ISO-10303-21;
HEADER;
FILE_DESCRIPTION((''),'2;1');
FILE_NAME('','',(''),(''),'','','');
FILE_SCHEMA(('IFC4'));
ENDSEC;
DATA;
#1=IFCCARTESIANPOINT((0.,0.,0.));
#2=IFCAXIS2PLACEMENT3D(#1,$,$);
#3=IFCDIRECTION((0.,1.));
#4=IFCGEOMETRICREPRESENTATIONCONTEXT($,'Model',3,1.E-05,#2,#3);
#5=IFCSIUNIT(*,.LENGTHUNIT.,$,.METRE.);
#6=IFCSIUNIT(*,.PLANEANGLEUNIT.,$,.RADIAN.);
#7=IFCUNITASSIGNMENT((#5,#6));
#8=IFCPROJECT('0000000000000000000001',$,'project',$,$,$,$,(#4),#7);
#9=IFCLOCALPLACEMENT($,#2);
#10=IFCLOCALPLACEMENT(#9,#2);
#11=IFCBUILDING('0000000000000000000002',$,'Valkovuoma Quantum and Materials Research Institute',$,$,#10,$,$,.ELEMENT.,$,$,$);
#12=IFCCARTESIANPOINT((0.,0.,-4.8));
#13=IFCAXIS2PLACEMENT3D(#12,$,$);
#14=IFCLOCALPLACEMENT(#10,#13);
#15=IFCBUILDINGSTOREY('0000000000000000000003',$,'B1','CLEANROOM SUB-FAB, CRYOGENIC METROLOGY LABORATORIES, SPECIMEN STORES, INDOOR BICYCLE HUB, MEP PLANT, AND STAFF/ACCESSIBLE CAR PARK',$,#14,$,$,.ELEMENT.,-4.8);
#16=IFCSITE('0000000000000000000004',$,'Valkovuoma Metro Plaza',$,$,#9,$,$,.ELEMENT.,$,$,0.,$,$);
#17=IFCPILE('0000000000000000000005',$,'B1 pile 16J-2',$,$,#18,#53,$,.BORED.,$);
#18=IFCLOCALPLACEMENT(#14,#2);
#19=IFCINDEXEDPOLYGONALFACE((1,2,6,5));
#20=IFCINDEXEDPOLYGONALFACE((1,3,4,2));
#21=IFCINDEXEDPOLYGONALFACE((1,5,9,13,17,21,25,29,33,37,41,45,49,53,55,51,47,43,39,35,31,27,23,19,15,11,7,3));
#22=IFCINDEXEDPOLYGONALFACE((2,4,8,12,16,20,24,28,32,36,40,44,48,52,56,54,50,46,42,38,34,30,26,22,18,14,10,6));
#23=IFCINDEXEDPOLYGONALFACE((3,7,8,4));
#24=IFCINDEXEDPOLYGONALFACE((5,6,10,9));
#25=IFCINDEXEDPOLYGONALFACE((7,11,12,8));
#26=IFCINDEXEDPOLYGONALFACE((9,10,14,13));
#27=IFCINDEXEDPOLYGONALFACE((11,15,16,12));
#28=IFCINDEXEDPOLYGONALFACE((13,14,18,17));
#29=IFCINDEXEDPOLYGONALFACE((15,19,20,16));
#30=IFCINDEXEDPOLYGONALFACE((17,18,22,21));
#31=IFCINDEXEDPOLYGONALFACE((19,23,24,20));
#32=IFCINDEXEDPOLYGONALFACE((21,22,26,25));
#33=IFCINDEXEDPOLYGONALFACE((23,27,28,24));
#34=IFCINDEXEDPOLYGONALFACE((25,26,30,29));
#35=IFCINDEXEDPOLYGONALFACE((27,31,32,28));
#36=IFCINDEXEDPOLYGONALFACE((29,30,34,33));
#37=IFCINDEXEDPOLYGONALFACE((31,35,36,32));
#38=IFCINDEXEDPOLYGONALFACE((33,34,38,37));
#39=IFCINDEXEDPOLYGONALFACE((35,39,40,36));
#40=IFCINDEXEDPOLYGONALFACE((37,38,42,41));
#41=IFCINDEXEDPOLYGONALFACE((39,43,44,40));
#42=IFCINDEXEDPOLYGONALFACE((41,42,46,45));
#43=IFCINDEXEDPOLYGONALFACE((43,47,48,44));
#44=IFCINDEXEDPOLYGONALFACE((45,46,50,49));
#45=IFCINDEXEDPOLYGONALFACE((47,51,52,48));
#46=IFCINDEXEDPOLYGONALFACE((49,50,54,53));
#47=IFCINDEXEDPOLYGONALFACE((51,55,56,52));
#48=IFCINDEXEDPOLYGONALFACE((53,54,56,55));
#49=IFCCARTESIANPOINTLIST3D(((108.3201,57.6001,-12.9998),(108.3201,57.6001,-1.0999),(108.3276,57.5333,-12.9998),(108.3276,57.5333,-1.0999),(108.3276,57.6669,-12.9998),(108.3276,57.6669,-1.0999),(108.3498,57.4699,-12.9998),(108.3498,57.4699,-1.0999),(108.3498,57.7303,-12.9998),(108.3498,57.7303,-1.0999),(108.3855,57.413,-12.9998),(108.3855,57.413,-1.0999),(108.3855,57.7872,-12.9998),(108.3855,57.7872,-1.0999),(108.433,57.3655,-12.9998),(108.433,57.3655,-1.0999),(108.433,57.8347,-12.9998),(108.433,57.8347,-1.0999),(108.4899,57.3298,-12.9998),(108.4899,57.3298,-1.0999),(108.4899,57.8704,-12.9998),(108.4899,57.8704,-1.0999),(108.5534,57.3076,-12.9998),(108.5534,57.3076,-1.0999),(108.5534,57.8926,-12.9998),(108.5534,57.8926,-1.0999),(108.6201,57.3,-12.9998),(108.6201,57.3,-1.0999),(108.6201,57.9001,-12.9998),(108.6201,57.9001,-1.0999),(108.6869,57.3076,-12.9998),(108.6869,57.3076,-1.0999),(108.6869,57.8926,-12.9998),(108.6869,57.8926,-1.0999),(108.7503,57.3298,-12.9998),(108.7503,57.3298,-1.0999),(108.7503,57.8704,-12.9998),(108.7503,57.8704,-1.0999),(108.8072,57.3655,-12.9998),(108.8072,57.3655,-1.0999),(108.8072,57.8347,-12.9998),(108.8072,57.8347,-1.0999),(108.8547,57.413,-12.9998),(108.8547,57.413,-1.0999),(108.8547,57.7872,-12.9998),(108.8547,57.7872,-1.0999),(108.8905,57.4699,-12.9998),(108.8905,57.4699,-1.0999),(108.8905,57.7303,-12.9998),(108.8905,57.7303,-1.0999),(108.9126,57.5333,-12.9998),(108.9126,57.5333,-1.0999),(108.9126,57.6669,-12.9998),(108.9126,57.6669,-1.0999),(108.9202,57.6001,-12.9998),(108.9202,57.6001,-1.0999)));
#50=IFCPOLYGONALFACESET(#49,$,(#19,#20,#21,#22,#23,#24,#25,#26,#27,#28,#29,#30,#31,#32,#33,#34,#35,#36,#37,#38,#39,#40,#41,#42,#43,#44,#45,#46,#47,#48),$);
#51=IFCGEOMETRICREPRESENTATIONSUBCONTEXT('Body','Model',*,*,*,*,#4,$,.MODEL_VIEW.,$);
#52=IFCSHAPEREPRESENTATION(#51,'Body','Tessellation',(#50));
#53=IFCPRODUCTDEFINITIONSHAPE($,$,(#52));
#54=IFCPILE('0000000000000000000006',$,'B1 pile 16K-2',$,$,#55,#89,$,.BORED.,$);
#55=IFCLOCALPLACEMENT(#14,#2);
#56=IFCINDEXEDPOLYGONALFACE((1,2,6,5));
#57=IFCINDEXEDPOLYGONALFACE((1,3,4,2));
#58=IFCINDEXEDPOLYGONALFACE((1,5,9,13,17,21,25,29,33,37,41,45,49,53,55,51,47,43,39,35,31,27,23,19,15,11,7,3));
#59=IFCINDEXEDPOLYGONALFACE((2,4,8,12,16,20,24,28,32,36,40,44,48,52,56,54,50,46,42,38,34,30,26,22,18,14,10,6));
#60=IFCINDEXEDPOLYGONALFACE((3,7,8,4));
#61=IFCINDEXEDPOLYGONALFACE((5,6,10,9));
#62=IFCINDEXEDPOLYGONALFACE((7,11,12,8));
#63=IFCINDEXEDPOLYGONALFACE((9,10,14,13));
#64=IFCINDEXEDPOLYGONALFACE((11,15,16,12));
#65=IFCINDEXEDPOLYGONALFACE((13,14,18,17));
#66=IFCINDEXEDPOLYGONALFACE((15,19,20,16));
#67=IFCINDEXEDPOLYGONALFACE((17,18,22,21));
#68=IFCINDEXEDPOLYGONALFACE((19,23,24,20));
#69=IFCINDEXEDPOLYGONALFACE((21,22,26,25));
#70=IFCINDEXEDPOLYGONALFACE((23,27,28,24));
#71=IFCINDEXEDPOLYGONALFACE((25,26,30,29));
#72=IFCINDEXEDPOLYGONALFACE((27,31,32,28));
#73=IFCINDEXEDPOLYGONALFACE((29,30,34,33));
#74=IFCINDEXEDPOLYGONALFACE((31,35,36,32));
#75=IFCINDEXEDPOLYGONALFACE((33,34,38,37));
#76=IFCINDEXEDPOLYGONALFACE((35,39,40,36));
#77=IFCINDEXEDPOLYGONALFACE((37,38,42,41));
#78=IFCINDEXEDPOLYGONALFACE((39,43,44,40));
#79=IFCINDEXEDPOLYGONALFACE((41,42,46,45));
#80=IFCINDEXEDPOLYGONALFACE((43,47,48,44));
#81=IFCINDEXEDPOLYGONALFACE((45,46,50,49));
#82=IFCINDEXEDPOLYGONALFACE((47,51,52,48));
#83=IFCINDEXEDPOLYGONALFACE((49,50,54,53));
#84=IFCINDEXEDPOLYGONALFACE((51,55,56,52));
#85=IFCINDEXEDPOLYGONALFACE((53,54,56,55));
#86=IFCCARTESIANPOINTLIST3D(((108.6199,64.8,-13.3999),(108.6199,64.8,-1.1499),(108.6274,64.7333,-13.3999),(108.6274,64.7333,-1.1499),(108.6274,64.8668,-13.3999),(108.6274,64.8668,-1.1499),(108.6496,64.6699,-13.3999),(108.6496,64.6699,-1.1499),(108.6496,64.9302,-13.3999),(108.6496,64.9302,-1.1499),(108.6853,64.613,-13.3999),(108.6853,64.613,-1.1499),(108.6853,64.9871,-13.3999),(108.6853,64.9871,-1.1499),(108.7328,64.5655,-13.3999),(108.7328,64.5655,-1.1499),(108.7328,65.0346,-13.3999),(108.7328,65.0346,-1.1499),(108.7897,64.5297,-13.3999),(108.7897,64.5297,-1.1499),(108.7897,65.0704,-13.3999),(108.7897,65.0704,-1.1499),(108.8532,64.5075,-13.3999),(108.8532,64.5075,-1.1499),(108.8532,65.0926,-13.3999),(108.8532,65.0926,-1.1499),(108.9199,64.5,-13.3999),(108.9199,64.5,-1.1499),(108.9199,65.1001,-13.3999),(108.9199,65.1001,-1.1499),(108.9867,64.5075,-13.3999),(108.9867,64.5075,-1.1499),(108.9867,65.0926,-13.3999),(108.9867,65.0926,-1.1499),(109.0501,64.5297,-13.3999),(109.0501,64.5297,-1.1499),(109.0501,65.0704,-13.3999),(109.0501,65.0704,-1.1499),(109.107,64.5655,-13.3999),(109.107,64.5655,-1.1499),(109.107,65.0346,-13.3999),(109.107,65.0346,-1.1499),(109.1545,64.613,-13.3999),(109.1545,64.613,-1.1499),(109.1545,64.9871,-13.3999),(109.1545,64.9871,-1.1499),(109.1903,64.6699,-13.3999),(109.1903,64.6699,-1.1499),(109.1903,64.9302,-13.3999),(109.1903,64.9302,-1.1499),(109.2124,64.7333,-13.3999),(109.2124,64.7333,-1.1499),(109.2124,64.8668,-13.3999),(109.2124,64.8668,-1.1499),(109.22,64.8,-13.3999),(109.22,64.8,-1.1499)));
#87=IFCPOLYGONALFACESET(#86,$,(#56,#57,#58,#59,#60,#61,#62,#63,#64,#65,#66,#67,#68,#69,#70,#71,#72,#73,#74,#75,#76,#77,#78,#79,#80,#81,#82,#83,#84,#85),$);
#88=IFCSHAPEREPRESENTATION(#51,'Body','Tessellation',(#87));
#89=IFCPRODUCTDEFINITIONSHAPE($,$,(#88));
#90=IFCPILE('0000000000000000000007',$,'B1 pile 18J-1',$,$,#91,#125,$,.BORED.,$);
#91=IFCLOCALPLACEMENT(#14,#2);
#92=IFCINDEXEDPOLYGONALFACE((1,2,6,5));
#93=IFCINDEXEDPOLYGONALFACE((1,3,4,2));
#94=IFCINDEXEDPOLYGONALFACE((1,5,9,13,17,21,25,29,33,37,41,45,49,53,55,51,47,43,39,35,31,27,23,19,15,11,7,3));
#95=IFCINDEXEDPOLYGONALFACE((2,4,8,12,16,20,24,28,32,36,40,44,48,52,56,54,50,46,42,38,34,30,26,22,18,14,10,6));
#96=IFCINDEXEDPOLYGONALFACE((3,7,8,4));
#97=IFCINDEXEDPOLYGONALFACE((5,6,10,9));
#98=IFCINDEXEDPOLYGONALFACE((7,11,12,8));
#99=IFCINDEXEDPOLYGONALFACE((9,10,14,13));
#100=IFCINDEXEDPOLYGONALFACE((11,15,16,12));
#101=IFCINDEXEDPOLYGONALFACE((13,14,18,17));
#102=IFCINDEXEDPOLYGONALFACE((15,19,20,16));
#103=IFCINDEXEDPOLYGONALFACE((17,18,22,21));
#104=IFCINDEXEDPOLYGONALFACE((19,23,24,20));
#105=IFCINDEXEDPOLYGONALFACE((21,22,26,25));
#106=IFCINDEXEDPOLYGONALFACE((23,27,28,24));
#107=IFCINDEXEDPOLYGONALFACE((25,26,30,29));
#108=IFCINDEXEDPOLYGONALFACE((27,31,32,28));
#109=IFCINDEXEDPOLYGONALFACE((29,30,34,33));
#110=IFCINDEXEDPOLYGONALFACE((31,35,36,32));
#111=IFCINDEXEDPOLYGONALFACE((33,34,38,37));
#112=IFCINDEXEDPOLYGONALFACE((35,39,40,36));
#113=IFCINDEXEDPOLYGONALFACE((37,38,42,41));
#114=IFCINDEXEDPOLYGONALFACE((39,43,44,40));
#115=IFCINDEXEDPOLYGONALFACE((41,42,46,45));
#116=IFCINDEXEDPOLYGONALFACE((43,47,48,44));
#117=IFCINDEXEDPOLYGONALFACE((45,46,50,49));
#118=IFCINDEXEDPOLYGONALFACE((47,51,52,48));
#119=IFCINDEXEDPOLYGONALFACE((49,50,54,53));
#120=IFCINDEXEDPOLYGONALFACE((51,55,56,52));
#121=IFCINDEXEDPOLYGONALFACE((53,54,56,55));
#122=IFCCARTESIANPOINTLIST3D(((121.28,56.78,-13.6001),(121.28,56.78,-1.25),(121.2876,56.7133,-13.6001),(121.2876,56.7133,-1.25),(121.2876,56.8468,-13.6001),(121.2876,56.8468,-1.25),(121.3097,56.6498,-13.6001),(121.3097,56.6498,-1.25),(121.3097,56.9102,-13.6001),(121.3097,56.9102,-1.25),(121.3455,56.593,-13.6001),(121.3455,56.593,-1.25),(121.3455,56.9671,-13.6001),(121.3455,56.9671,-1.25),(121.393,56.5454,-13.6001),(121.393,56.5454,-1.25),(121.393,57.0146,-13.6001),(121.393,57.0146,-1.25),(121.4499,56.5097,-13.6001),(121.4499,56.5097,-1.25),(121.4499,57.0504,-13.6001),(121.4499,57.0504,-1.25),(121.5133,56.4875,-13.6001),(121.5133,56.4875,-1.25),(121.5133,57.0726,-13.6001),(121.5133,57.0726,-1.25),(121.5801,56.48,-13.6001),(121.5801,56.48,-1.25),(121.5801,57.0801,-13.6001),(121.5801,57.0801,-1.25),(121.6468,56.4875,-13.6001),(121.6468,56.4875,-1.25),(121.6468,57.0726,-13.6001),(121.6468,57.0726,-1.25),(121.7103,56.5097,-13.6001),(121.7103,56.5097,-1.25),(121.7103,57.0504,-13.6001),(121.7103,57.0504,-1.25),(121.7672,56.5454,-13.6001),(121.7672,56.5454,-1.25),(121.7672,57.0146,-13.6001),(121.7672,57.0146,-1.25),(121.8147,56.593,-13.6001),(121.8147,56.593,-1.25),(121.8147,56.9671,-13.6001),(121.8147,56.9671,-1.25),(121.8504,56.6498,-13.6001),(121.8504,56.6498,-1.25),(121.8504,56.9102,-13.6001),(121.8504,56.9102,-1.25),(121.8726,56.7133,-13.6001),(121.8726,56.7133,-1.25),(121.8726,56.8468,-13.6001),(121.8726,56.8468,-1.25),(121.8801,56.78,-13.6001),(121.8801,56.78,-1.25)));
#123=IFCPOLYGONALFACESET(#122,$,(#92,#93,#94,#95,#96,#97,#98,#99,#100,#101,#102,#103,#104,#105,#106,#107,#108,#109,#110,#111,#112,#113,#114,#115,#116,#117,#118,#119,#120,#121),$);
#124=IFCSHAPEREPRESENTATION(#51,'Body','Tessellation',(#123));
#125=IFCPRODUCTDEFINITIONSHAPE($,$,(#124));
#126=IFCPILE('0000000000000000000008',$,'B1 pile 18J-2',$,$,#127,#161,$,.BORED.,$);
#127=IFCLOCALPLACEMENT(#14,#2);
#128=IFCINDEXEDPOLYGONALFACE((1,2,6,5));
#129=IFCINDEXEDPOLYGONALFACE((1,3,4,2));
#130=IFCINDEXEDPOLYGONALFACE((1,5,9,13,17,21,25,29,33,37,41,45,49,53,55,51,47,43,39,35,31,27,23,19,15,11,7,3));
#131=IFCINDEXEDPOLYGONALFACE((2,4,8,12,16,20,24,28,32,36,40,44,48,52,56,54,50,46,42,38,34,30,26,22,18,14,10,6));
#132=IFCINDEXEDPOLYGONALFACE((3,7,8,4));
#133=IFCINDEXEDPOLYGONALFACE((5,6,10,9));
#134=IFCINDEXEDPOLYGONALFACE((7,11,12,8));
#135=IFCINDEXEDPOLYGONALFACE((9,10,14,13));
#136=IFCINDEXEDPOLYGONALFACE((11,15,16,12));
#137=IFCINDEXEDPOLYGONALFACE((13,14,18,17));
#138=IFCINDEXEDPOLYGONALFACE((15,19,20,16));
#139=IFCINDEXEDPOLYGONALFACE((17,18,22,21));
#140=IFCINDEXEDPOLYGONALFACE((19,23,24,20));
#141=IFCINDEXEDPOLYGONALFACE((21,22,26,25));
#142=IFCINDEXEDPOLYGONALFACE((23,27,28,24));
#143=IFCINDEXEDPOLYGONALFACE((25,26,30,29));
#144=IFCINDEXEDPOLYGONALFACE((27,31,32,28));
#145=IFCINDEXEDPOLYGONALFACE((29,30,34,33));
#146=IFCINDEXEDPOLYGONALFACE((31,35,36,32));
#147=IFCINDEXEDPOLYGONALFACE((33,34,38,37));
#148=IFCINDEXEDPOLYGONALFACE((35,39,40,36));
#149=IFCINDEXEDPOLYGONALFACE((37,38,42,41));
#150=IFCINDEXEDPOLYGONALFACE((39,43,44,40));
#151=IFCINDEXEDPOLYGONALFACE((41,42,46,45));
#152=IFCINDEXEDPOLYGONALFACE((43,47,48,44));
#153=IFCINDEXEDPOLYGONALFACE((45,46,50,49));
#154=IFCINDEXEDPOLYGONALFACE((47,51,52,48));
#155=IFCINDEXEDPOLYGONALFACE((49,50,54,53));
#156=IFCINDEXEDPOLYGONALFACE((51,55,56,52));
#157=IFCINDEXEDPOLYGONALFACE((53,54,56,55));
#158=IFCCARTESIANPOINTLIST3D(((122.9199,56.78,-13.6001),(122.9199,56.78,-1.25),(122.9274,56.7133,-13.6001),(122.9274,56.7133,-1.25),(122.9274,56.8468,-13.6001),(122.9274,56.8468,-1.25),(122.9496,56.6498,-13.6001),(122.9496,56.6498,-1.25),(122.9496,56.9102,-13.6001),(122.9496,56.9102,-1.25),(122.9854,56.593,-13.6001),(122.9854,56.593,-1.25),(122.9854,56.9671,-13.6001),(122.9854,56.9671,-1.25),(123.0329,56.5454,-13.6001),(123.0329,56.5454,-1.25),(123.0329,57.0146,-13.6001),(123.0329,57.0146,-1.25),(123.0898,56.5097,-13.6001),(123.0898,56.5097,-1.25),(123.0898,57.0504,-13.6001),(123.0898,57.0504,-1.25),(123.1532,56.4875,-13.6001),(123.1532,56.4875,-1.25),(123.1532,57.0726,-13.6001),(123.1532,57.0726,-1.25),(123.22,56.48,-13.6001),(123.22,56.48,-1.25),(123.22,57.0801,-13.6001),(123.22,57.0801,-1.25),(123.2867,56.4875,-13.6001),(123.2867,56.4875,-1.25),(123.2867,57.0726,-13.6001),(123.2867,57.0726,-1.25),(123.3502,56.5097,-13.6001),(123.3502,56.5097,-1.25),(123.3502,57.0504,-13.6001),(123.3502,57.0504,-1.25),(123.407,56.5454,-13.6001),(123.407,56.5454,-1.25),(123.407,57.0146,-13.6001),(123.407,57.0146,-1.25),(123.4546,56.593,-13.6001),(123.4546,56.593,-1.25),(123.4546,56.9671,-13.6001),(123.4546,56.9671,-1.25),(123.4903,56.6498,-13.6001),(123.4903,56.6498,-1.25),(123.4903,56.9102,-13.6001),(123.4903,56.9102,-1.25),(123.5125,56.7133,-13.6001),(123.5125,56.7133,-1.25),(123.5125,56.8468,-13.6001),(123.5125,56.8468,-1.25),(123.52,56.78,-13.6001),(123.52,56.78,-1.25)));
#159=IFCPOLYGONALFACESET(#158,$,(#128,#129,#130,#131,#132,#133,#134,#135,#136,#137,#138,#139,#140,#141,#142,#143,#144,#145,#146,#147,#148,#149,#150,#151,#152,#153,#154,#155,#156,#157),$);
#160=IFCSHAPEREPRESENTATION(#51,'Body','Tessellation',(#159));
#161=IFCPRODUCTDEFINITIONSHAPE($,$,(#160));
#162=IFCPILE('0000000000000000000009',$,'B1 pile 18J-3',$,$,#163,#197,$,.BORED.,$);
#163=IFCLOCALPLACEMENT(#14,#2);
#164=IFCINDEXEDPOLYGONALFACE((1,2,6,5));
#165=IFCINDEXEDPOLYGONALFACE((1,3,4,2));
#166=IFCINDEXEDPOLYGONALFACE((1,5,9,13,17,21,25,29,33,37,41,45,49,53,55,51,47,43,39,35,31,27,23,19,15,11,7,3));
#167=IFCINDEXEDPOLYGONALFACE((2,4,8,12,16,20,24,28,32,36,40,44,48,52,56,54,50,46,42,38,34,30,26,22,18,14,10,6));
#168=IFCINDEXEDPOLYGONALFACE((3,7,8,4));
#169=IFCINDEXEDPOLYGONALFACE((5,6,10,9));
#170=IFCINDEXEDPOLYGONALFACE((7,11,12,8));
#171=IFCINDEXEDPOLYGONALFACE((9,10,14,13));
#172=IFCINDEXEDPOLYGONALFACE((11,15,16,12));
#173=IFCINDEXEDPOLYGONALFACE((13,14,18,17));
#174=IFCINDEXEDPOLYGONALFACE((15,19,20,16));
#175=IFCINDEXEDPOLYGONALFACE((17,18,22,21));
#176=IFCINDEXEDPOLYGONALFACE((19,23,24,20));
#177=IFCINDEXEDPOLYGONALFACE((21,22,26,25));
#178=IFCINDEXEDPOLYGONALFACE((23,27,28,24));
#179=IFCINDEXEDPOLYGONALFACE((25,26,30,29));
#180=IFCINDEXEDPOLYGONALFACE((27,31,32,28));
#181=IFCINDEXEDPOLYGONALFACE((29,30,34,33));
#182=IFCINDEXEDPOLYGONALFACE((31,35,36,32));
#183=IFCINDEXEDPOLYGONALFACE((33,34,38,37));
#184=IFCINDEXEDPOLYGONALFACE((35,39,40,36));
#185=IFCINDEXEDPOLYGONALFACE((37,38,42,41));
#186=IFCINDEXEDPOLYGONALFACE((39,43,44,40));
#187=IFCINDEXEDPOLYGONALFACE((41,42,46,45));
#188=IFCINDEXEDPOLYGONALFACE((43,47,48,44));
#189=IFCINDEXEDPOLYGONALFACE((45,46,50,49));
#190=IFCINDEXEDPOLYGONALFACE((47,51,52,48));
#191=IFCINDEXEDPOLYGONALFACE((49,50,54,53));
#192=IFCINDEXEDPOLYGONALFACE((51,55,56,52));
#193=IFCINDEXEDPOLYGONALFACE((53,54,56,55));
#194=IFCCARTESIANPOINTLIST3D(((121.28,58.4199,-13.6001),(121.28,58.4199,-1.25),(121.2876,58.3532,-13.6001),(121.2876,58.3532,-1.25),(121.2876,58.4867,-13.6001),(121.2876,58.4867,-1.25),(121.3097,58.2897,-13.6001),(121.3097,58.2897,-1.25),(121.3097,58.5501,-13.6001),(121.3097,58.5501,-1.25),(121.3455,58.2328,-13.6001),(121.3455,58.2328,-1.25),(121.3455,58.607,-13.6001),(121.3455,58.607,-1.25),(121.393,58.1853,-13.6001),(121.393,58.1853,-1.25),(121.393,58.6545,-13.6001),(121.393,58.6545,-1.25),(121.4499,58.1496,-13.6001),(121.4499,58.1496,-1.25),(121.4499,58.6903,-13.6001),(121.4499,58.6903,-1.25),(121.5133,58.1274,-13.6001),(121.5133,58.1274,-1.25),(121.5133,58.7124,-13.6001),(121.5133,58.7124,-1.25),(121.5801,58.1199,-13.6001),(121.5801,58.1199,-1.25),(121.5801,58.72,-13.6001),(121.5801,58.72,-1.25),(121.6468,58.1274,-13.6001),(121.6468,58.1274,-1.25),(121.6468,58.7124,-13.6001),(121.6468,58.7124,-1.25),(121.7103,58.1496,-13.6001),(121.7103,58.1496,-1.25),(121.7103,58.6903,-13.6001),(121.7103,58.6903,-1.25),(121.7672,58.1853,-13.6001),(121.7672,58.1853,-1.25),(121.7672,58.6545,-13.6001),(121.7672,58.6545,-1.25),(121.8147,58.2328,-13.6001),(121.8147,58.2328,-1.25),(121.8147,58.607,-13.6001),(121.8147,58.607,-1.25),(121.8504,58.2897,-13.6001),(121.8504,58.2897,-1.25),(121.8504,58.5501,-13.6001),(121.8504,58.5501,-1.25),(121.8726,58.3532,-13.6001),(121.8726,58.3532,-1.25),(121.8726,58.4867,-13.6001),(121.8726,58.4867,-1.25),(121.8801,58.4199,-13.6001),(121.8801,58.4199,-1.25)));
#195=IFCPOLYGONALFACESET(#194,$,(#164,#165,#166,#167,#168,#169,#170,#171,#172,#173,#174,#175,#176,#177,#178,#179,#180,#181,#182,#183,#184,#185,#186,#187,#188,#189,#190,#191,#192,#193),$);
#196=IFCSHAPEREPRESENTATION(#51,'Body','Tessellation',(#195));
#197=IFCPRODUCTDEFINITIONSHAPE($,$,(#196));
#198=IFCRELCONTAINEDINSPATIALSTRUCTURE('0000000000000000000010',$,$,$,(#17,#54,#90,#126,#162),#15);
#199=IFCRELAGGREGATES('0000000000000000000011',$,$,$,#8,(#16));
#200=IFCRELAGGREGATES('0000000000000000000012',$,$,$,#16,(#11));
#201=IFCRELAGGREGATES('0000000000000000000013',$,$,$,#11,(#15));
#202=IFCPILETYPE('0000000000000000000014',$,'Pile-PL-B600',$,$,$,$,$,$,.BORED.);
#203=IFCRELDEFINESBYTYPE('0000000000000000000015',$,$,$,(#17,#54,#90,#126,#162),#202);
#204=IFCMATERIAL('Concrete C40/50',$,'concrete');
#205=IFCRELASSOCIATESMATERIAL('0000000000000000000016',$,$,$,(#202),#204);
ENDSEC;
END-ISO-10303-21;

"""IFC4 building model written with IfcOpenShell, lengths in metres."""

from ifc_helpers import new_model, si_unit, direction, frame, origin, origin_2d, place, context, subcontext, project, spatial, circle, extrude, material, material_profile, profile_set, type_object, element, save


model = new_model("IFC4")

# Units and contexts
model_context = context("Model", 3, precision=1e-05, world=origin(), true_north=direction((0.0, 1.0)))
body_context = subcontext(model_context, "Body", "Model", "MODEL_VIEW")
ifc_project = project(units=[si_unit("LENGTHUNIT", "METRE"), si_unit("PLANEANGLEUNIT", "RADIAN")], contexts=[model_context])

# Site, building, storey
site_placement = place(None, origin())
site = spatial("IfcSite", under=ifc_project, at=site_placement, Name="Valkovuoma Metro Plaza", CompositionType="ELEMENT", RefElevation=0.0)
building_placement = place(site_placement, origin())
building = spatial("IfcBuilding", under=site, at=building_placement, Name="Valkovuoma Quantum and Materials Research Institute", CompositionType="ELEMENT")
storey_placement = place(building_placement, frame((0.0, 0.0, -4.8)))
storey = spatial("IfcBuildingStorey", under=building, at=storey_placement, Name="B1", Description="CLEANROOM SUB-FAB, CRYOGENIC METROLOGY LABORATORIES, SPECIMEN STORES, INDOOR BICYCLE HUB, MEP PLANT, AND STAFF/ACCESSIBLE CAR PARK", CompositionType="ELEMENT", Elevation=-4.8)

# Piles
ifc_material_1 = material(Name="Concrete C40/50", Category="concrete")
ifc_material_profile_1 = material_profile(ifc_material_1, circle(Radius=0.3, at=origin_2d()), Name="Concrete C40/50")
ifc_profile_set_1 = profile_set([ifc_material_profile_1], Name="Concrete C40/50")
pile_type_1 = type_object("IfcPileType", Name="Pile-PL-B600", PredefinedType="BORED", material=ifc_profile_set_1)
pile_1_placement = place(storey_placement, frame((108.6201, 57.6001, -1.0999), z_axis=(0.0, 0.0, -1.0), x_axis=(1.0, 0.0, 0.0)))
element("IfcPile", 1, at=pile_1_placement, inside=storey, type_object=pile_type_1, Name="B1 pile 16J-2", PredefinedType="BORED", context=body_context, shape_type="SweptSolid", body=[
    extrude(circle(Radius=0.3, at=origin_2d()), origin(), (0.0, 0.0, 1.0), 11.8999),
])
pile_2_placement = place(storey_placement, frame((108.9199, 64.8, -1.1499), z_axis=(0.0, 0.0, -1.0), x_axis=(1.0, 0.0, 0.0)))
element("IfcPile", 2, at=pile_2_placement, inside=storey, type_object=pile_type_1, Name="B1 pile 16K-2", PredefinedType="BORED", context=body_context, shape_type="SweptSolid", body=[
    extrude(circle(Radius=0.3, at=origin_2d()), origin(), (0.0, 0.0, 1.0), 12.25),
])
for number, where, z_axis, x_axis, name in (
    (3, (121.5801, 56.78, -1.25), (0.0, 0.0, -1.0), (1.0, 0.0, 0.0), "B1 pile 18J-1"),
    (4, (123.22, 56.78, -1.25), (0.0, 0.0, -1.0), (1.0, 0.0, 0.0), "B1 pile 18J-2"),
    (5, (121.5801, 58.4199, -1.25), (0.0, 0.0, -1.0), (1.0, 0.0, 0.0), "B1 pile 18J-3"),
):
    element("IfcPile", number, at=place(storey_placement, frame(where, z_axis=z_axis, x_axis=x_axis)), inside=storey, type_object=pile_type_1, Name=name, PredefinedType="BORED", context=body_context, shape_type="SweptSolid", body=[
        extrude(circle(Radius=0.3, at=origin_2d()), origin(), (0.0, 0.0, 1.0), 12.3501),
    ])

save(model, "model.ifc")
